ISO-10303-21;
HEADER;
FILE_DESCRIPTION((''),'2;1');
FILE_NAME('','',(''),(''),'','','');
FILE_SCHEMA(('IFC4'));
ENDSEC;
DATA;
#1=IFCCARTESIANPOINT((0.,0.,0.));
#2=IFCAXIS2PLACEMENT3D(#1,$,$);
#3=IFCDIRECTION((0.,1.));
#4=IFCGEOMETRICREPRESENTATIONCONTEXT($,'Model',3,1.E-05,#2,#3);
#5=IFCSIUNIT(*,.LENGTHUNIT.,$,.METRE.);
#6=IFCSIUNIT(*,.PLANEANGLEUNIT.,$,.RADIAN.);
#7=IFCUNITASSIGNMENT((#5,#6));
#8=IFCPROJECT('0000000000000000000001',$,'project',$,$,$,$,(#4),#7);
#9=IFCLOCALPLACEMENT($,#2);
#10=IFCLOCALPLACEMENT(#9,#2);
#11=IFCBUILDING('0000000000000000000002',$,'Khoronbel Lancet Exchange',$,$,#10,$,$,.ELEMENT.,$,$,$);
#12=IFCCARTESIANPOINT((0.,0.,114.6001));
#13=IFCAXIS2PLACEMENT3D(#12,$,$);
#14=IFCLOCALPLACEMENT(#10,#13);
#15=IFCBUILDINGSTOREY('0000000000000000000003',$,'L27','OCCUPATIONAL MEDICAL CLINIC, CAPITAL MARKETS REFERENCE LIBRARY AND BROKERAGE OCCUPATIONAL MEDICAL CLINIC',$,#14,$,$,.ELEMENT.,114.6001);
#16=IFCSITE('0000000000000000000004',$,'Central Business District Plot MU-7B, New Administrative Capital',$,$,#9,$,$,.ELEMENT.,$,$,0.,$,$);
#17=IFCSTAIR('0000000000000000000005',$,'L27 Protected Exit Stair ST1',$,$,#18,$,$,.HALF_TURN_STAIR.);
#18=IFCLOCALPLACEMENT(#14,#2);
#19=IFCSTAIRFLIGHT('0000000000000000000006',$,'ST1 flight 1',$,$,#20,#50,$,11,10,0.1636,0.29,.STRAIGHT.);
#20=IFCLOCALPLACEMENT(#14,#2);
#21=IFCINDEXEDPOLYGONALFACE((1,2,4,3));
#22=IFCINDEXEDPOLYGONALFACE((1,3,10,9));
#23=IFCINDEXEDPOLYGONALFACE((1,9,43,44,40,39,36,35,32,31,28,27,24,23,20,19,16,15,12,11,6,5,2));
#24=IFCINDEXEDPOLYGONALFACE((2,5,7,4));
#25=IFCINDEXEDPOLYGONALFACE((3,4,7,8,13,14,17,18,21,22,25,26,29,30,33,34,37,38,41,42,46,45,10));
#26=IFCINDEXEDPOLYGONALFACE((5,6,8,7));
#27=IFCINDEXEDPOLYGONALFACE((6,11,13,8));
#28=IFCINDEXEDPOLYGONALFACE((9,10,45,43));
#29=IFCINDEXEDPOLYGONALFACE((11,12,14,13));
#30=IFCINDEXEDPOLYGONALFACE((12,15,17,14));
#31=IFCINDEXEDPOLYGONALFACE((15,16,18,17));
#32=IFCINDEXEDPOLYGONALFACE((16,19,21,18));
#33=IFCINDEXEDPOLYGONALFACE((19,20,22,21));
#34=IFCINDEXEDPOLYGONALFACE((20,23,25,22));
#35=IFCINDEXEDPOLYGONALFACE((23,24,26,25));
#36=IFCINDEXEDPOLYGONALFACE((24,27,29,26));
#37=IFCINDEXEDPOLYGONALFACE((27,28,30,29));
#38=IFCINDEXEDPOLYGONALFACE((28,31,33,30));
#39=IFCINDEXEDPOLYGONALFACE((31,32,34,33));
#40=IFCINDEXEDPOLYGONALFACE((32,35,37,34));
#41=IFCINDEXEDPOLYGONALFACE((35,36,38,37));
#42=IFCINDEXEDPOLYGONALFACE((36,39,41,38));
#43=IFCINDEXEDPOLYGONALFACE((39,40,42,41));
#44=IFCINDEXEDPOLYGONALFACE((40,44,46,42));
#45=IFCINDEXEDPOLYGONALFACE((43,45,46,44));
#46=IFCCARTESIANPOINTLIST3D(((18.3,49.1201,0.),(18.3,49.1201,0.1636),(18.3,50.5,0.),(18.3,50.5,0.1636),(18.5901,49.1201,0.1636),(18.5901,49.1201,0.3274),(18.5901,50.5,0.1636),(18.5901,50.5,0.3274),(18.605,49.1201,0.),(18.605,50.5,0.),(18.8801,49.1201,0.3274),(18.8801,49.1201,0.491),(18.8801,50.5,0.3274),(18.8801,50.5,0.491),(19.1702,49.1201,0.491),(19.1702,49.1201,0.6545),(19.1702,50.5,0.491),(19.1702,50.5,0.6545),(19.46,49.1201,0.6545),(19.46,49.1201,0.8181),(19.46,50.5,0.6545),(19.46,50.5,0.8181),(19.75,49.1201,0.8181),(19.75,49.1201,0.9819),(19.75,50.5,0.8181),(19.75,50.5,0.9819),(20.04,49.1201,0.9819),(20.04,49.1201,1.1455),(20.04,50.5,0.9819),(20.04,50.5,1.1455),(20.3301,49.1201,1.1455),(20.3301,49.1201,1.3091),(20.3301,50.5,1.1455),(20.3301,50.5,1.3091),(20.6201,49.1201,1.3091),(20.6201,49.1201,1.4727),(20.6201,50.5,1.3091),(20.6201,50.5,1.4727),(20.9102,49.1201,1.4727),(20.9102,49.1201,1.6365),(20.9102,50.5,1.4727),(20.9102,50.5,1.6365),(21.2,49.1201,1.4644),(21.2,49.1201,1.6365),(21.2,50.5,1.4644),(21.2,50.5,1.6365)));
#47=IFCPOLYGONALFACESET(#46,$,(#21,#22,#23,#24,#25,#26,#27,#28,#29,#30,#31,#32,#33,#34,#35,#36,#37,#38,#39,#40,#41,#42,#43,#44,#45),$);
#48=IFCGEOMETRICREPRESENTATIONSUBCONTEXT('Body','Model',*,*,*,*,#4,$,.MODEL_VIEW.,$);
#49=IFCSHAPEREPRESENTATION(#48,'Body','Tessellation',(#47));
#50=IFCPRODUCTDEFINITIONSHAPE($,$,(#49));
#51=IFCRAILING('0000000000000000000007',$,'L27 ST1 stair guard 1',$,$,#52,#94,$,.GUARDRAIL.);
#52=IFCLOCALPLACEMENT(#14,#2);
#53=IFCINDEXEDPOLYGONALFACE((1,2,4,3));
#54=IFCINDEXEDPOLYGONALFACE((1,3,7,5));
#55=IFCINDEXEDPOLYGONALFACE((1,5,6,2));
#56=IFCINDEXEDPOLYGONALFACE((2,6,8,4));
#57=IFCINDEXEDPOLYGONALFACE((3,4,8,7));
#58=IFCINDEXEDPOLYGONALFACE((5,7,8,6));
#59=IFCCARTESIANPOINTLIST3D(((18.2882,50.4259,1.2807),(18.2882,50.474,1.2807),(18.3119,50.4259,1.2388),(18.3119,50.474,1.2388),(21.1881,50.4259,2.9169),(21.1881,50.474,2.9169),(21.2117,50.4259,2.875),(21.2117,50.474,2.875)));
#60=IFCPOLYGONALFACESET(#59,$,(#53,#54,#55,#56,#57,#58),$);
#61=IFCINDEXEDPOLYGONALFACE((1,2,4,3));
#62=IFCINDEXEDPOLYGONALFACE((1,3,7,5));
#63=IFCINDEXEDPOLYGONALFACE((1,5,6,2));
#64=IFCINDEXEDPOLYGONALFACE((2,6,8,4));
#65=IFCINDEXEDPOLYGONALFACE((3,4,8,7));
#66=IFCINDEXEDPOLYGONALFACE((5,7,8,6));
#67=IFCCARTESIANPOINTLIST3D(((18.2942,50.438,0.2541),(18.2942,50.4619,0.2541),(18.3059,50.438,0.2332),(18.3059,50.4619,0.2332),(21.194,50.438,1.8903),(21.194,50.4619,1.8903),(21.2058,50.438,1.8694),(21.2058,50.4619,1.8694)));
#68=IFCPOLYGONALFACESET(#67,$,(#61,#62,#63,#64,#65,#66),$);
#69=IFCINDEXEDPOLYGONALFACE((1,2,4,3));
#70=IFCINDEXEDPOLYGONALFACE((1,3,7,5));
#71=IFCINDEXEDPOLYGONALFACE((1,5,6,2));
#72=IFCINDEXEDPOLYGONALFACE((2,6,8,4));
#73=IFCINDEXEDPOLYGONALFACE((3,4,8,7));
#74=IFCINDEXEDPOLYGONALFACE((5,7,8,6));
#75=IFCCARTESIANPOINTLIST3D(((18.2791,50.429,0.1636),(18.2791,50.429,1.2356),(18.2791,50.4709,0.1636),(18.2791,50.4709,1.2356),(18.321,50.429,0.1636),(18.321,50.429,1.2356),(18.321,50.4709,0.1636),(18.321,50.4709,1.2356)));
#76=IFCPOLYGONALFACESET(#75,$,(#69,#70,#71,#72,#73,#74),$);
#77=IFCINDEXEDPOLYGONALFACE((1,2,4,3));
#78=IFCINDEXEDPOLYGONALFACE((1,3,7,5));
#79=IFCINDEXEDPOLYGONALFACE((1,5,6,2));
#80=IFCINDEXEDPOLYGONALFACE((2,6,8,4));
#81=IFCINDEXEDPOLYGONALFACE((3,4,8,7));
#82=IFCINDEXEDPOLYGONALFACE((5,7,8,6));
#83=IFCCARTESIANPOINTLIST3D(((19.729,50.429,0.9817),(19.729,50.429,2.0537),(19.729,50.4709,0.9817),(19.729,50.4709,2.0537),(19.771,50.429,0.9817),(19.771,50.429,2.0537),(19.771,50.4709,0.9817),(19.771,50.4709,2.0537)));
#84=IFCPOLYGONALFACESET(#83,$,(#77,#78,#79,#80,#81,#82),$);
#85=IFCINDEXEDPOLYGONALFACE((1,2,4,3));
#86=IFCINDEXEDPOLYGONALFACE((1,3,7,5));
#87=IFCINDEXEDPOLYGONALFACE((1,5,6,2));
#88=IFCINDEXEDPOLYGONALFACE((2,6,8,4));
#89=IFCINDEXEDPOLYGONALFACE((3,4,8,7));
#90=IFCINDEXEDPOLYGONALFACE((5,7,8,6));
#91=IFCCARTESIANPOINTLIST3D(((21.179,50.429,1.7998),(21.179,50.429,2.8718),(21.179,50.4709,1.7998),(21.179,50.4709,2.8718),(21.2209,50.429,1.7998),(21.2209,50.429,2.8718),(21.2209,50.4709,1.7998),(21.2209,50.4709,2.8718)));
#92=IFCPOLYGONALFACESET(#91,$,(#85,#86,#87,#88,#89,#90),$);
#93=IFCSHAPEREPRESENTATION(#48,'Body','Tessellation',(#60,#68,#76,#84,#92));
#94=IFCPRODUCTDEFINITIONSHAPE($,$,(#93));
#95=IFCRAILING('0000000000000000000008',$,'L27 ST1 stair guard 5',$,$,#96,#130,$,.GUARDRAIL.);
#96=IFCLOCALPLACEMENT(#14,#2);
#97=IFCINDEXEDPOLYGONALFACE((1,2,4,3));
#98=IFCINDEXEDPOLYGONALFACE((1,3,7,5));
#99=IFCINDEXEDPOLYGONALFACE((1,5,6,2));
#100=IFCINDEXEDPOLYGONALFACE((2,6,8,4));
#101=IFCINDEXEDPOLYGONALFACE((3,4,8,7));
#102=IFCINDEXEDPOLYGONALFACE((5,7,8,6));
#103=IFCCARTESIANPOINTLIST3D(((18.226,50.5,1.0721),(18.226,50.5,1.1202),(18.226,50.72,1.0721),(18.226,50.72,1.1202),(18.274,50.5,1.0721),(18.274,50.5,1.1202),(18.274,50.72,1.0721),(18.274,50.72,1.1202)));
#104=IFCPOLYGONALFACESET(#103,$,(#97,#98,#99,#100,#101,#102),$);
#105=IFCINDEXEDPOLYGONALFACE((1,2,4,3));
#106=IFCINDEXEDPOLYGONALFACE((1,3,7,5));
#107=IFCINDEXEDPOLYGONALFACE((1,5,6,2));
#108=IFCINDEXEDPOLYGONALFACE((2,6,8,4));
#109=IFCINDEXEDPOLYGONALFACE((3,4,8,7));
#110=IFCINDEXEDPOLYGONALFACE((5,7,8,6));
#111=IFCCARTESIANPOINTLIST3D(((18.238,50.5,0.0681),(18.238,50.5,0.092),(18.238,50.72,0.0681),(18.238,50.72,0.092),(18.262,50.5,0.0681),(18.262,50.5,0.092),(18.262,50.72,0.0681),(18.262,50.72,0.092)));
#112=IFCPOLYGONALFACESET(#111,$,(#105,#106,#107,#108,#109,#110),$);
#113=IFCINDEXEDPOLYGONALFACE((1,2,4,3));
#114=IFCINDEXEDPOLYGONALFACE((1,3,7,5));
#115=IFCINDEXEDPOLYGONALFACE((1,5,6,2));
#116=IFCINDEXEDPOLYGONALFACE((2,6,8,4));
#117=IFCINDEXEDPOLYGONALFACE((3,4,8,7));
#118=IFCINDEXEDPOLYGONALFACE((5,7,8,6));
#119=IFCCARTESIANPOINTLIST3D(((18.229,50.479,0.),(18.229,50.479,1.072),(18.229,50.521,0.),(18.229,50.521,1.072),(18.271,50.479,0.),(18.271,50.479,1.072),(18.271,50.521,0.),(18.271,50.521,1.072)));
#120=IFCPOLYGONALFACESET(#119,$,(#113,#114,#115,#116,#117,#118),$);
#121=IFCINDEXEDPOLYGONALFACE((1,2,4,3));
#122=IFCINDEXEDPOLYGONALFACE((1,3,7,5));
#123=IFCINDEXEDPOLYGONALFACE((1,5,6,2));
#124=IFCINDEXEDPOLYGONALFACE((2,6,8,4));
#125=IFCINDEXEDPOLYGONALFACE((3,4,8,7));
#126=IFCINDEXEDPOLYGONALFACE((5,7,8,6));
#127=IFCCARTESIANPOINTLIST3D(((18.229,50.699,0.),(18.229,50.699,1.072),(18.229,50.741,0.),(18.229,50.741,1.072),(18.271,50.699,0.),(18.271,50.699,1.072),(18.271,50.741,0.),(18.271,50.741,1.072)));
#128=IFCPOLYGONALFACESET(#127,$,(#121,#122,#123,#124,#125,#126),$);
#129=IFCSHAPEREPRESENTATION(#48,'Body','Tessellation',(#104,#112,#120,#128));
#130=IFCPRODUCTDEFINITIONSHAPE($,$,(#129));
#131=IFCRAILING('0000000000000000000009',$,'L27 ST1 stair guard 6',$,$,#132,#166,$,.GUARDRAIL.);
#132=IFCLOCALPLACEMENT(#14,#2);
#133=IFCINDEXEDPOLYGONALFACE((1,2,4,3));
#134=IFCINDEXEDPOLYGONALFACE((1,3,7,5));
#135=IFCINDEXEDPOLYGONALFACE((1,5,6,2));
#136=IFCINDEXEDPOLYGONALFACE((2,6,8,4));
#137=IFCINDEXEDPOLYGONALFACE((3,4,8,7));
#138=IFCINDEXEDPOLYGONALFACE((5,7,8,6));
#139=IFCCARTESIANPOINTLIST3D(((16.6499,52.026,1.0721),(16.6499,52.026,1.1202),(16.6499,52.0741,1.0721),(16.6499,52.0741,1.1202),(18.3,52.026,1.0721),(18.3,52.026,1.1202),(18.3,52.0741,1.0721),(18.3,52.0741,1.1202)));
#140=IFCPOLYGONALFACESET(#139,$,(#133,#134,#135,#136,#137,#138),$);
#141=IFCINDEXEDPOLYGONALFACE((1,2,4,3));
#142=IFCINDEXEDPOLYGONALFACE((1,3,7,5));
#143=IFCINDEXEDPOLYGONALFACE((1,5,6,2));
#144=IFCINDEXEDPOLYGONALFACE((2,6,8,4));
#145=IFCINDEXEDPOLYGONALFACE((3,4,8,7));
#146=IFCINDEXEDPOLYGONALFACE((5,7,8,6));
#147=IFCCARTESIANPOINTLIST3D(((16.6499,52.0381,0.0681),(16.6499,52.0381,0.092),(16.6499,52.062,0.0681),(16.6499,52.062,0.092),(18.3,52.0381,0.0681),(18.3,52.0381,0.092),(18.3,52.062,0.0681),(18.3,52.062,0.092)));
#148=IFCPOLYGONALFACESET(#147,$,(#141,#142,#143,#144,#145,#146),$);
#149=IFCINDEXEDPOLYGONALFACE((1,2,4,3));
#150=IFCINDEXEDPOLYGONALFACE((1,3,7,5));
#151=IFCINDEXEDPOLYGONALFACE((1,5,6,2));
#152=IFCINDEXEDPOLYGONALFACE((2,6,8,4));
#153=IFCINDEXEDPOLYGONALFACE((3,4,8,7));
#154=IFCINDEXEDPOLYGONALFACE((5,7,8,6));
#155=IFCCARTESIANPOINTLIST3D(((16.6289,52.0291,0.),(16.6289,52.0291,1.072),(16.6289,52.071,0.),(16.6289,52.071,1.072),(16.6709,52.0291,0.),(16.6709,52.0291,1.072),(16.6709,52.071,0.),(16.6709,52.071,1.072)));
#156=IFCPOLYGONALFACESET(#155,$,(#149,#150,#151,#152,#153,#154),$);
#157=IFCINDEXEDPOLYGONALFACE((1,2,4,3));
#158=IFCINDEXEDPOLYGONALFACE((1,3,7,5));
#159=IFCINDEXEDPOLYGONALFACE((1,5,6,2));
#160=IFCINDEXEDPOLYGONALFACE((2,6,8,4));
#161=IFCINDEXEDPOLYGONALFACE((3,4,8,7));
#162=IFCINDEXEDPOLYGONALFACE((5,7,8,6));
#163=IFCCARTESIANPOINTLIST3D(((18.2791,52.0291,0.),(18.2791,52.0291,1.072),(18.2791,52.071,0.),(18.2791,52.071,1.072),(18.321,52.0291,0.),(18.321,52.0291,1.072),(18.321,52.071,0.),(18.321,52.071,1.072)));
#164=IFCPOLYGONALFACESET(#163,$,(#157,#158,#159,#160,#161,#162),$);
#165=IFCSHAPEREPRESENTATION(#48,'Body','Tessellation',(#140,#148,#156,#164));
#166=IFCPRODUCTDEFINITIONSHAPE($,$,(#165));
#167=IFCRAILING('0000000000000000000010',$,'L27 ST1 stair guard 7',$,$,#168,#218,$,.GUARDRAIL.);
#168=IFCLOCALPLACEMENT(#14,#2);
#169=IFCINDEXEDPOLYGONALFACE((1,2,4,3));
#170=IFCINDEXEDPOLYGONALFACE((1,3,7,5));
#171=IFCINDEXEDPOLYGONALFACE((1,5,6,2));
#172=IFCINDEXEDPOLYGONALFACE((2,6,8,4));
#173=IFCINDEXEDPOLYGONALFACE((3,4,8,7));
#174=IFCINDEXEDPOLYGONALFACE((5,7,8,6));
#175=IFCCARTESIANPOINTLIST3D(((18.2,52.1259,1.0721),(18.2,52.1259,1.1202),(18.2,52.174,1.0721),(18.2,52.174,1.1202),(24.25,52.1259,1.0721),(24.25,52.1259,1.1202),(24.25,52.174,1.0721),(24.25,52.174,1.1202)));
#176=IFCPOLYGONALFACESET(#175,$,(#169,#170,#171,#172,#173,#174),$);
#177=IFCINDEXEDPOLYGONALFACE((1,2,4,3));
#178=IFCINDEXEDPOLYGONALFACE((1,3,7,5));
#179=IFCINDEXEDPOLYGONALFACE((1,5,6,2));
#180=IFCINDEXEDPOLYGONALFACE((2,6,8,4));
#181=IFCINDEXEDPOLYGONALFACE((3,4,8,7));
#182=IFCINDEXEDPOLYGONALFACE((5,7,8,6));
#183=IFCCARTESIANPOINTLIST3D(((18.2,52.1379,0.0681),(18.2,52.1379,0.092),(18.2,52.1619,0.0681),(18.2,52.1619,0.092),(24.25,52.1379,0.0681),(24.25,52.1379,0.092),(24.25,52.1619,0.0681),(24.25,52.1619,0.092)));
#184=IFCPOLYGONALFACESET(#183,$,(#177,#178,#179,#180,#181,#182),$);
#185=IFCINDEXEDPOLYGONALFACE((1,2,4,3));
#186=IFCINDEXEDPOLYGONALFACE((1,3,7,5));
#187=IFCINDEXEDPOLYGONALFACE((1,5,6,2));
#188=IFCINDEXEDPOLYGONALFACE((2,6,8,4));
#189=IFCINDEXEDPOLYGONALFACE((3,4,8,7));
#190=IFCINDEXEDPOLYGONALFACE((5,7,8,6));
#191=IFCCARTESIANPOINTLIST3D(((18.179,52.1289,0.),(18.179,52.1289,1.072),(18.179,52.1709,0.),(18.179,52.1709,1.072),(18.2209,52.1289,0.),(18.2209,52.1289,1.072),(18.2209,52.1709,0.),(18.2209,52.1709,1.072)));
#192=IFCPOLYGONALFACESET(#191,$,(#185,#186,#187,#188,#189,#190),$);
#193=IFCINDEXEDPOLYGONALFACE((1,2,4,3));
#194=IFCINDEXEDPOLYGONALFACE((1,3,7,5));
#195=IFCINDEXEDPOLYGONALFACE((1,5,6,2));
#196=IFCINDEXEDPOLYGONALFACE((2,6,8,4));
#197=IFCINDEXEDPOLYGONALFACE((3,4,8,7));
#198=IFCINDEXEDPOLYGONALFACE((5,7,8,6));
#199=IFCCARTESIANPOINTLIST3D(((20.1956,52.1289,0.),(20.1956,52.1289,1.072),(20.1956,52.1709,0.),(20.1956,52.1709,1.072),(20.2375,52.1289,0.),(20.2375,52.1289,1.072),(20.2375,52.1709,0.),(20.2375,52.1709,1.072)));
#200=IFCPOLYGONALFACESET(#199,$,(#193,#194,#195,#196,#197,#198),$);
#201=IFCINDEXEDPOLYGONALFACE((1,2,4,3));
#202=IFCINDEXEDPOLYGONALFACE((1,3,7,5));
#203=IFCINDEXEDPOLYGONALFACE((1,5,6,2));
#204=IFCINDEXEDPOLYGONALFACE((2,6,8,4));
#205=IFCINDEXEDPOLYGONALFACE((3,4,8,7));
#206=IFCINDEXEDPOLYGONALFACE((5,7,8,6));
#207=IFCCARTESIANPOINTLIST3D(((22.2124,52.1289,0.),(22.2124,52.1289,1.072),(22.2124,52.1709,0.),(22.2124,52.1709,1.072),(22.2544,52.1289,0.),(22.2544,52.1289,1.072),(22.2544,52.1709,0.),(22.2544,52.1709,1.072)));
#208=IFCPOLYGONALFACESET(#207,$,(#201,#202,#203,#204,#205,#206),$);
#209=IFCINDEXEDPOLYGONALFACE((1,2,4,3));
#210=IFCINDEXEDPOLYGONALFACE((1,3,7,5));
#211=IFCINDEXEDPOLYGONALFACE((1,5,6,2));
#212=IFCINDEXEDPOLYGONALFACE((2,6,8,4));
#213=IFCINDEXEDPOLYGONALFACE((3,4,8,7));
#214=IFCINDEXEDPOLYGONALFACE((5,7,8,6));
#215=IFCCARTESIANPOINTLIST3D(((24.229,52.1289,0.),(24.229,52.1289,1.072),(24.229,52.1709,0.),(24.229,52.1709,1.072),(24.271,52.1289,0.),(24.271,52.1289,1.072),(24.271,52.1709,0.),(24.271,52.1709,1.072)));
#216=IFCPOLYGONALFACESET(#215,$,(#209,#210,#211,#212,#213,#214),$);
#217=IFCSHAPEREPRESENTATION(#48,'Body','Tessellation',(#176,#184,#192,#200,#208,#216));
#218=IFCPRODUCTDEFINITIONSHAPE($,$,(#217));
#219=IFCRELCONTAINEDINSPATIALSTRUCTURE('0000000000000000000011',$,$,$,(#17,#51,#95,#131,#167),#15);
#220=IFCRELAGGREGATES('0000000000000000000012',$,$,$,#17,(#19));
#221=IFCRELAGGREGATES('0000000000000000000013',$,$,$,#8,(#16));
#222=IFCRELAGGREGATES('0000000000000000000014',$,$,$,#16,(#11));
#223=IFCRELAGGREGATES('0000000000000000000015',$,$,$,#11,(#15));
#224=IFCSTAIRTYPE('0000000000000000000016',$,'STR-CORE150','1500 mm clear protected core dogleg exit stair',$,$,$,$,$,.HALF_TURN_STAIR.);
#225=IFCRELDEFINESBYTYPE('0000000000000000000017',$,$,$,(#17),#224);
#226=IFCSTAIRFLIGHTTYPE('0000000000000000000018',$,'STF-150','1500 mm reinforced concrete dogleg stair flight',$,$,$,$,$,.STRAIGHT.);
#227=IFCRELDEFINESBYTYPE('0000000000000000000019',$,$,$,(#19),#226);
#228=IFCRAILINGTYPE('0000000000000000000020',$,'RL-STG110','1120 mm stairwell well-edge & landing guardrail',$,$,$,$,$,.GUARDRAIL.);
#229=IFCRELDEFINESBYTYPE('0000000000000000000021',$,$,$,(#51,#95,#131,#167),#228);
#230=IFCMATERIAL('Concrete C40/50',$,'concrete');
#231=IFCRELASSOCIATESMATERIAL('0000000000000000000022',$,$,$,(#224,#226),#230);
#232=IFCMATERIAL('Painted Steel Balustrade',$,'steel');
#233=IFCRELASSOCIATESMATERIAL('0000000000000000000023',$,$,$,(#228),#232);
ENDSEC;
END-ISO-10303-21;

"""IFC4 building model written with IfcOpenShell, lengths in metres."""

from ifc_helpers import new_model, si_unit, direction, frame, origin, origin_2d, place, context, subcontext, project, spatial, polyline, rectangle, outline, extrude, material, type_object, element, aggregate, save


model = new_model("IFC4")

# Units and contexts
model_context = context("Model", 3, precision=1e-05, world=origin(), true_north=direction((0.0, 1.0)))
body_context = subcontext(model_context, "Body", "Model", "MODEL_VIEW")
ifc_project = project(units=[si_unit("LENGTHUNIT", "METRE"), si_unit("PLANEANGLEUNIT", "RADIAN")], contexts=[model_context])

# Site, building, storey
site_placement = place(None, origin())
site = spatial("IfcSite", under=ifc_project, at=site_placement, Name="Central Business District Plot MU-7B, New Administrative Capital", CompositionType="ELEMENT", RefElevation=0.0)
building_placement = place(site_placement, origin())
building = spatial("IfcBuilding", under=site, at=building_placement, Name="Khoronbel Lancet Exchange", CompositionType="ELEMENT")
storey_placement = place(building_placement, frame((0.0, 0.0, 114.6001)))
storey = spatial("IfcBuildingStorey", under=building, at=storey_placement, Name="L27", Description="OCCUPATIONAL MEDICAL CLINIC, CAPITAL MARKETS REFERENCE LIBRARY AND BROKERAGE OCCUPATIONAL MEDICAL CLINIC", CompositionType="ELEMENT", Elevation=114.6001)

# Stair, stair flight
ifc_material_1 = material(Name="Concrete C40/50", Category="concrete")
stair_type = type_object("IfcStairType", Name="STR-CORE150", Description="1500 mm clear protected core dogleg exit stair", PredefinedType="HALF_TURN_STAIR", material=ifc_material_1)
stair_placement = place(storey_placement, origin())
stair = element("IfcStair", 1, at=stair_placement, inside=storey, type_object=stair_type, Name="L27 Protected Exit Stair ST1", PredefinedType="HALF_TURN_STAIR")
stair_flight_type = type_object("IfcStairFlightType", Name="STF-150", Description="1500 mm reinforced concrete dogleg stair flight", PredefinedType="STRAIGHT", material=ifc_material_1)
stair_flight_placement = place(storey_placement, frame((18.3, 49.8101, 0.0), z_axis=(0.0, 0.0, 1.0), x_axis=(1.0, 0.0, 0.0)))
stair_flight = element("IfcStairFlight", 2, at=stair_flight_placement, type_object=stair_flight_type, Name="ST1 flight 1", NumberOfRisers=11, NumberOfTreads=10, PredefinedType="STRAIGHT", RiserHeight=0.1636, TreadLength=0.29, context=body_context, shape_type="SweptSolid", body=[
    extrude(outline(polyline([(0.0, 0.0), (0.0, 0.1636), (0.29, 0.1636), (0.29, 0.3274), (0.5801, 0.3274), (0.5801, 0.491), (0.8701, 0.491), (0.8701, 0.6545), (1.1599, 0.6545), (1.1599, 0.8181), (1.45, 0.8181), (1.45, 0.9819), (1.74, 0.9819), (1.74, 1.1455), (2.03, 1.1455), (2.03, 1.3091), (2.3201, 1.3091), (2.3201, 1.4727), (2.6101, 1.4727), (2.6101, 1.6365), (2.8999, 1.6365), (2.8999, 1.8), (2.8999, 1.4644), (0.3049, 0.0), (0.0, 0.0)])), frame((0.0, 0.6899, 0.0), z_axis=(0.0, -1.0, 0.0), x_axis=(1.0, 0.0, 0.0)), (0.0, 0.0, 1.0), 1.3799),
])
aggregate(stair, [stair_flight])

# Railings
ifc_material_2 = material(Name="Painted Steel Balustrade", Category="steel")
railing_type_1 = type_object("IfcRailingType", Name="RL-STG110", Description="1120 mm stairwell well-edge & landing guardrail", PredefinedType="GUARDRAIL", material=ifc_material_2)
railing_1_placement = place(storey_placement, frame((18.3, 50.45, 0.1636)))
element("IfcRailing", 3, at=railing_1_placement, inside=storey, type_object=railing_type_1, Name="L27 ST1 stair guard 1", PredefinedType="GUARDRAIL", context=body_context, shape_type="SweptSolid", body=[
    extrude(rectangle(XDim=0.0481, YDim=0.0481, at=origin_2d()), frame((0.0, 0.0, 1.0962), z_axis=(0.870929, 0.0, 0.49141), x_axis=(0.0, 1.0, 0.0)), (0.0, 0.0, 1.0), 3.3296),
    extrude(rectangle(XDim=0.0239, YDim=0.0239, at=origin_2d()), frame((0.0, 0.0, 0.0801), z_axis=(0.870929, 0.0, 0.49141), x_axis=(0.0, 1.0, 0.0)), (0.0, 0.0, 1.0), 3.3296),
    extrude(rectangle(XDim=0.042, YDim=0.042, at=origin_2d()), origin(), (0.0, 0.0, 1.0), 1.072),
    extrude(rectangle(XDim=0.042, YDim=0.042, at=origin_2d()), frame((1.45, 0.0, 0.8181)), (0.0, 0.0, 1.0), 1.072),
    extrude(rectangle(XDim=0.042, YDim=0.042, at=origin_2d()), frame((2.8999, 0.0, 1.6362)), (0.0, 0.0, 1.0), 1.072),
])
railing_2_placement = place(storey_placement, frame((18.25, 50.5, 0.0)))
element("IfcRailing", 4, at=railing_2_placement, inside=storey, type_object=railing_type_1, Name="L27 ST1 stair guard 5", PredefinedType="GUARDRAIL", context=body_context, shape_type="SweptSolid", body=[
    extrude(rectangle(XDim=0.0481, YDim=0.0481, at=origin_2d()), frame((0.0, 0.0, 1.0962), z_axis=(0.0, 1.0, 0.0), x_axis=(-1.0, 0.0, 0.0)), (0.0, 0.0, 1.0), 0.22),
    extrude(rectangle(XDim=0.0239, YDim=0.0239, at=origin_2d()), frame((0.0, 0.0, 0.0801), z_axis=(0.0, 1.0, 0.0), x_axis=(-1.0, 0.0, 0.0)), (0.0, 0.0, 1.0), 0.22),
    extrude(rectangle(XDim=0.042, YDim=0.042, at=origin_2d()), origin(), (0.0, 0.0, 1.0), 1.072),
    extrude(rectangle(XDim=0.042, YDim=0.042, at=origin_2d()), frame((0.0, 0.22, 0.0)), (0.0, 0.0, 1.0), 1.072),
])
railing_3_placement = place(storey_placement, frame((16.6499, 52.05, 0.0)))
element("IfcRailing", 5, at=railing_3_placement, inside=storey, type_object=railing_type_1, Name="L27 ST1 stair guard 6", PredefinedType="GUARDRAIL", context=body_context, shape_type="SweptSolid", body=[
    extrude(rectangle(XDim=0.0481, YDim=0.0481, at=origin_2d()), frame((0.0, 0.0, 1.0962), z_axis=(1.0, 0.0, 0.0), x_axis=(0.0, 1.0, 0.0)), (0.0, 0.0, 1.0), 1.6501),
    extrude(rectangle(XDim=0.0239, YDim=0.0239, at=origin_2d()), frame((0.0, 0.0, 0.0801), z_axis=(1.0, 0.0, 0.0), x_axis=(0.0, 1.0, 0.0)), (0.0, 0.0, 1.0), 1.6501),
    extrude(rectangle(XDim=0.042, YDim=0.042, at=origin_2d()), origin(), (0.0, 0.0, 1.0), 1.072),
    extrude(rectangle(XDim=0.042, YDim=0.042, at=origin_2d()), frame((1.6501, 0.0, 0.0)), (0.0, 0.0, 1.0), 1.072),
])
railing_4_placement = place(storey_placement, frame((18.2, 52.1499, 0.0)))
element("IfcRailing", 6, at=railing_4_placement, inside=storey, type_object=railing_type_1, Name="L27 ST1 stair guard 7", PredefinedType="GUARDRAIL", context=body_context, shape_type="SweptSolid", body=[
    extrude(rectangle(XDim=0.0481, YDim=0.0481, at=origin_2d()), frame((0.0, 0.0, 1.0962), z_axis=(1.0, 0.0, 0.0), x_axis=(0.0, 1.0, 0.0)), (0.0, 0.0, 1.0), 6.05),
    extrude(rectangle(XDim=0.0239, YDim=0.0239, at=origin_2d()), frame((0.0, 0.0, 0.0801), z_axis=(1.0, 0.0, 0.0), x_axis=(0.0, 1.0, 0.0)), (0.0, 0.0, 1.0), 6.05),
    extrude(rectangle(XDim=0.042, YDim=0.042, at=origin_2d()), origin(), (0.0, 0.0, 1.0), 1.072),
    extrude(rectangle(XDim=0.042, YDim=0.042, at=origin_2d()), frame((2.0166, 0.0, 0.0)), (0.0, 0.0, 1.0), 1.072),
    extrude(rectangle(XDim=0.042, YDim=0.042, at=origin_2d()), frame((4.0334, 0.0, 0.0)), (0.0, 0.0, 1.0), 1.072),
    extrude(rectangle(XDim=0.042, YDim=0.042, at=origin_2d()), frame((6.05, 0.0, 0.0)), (0.0, 0.0, 1.0), 1.072),
])

save(model, "model.ifc")
